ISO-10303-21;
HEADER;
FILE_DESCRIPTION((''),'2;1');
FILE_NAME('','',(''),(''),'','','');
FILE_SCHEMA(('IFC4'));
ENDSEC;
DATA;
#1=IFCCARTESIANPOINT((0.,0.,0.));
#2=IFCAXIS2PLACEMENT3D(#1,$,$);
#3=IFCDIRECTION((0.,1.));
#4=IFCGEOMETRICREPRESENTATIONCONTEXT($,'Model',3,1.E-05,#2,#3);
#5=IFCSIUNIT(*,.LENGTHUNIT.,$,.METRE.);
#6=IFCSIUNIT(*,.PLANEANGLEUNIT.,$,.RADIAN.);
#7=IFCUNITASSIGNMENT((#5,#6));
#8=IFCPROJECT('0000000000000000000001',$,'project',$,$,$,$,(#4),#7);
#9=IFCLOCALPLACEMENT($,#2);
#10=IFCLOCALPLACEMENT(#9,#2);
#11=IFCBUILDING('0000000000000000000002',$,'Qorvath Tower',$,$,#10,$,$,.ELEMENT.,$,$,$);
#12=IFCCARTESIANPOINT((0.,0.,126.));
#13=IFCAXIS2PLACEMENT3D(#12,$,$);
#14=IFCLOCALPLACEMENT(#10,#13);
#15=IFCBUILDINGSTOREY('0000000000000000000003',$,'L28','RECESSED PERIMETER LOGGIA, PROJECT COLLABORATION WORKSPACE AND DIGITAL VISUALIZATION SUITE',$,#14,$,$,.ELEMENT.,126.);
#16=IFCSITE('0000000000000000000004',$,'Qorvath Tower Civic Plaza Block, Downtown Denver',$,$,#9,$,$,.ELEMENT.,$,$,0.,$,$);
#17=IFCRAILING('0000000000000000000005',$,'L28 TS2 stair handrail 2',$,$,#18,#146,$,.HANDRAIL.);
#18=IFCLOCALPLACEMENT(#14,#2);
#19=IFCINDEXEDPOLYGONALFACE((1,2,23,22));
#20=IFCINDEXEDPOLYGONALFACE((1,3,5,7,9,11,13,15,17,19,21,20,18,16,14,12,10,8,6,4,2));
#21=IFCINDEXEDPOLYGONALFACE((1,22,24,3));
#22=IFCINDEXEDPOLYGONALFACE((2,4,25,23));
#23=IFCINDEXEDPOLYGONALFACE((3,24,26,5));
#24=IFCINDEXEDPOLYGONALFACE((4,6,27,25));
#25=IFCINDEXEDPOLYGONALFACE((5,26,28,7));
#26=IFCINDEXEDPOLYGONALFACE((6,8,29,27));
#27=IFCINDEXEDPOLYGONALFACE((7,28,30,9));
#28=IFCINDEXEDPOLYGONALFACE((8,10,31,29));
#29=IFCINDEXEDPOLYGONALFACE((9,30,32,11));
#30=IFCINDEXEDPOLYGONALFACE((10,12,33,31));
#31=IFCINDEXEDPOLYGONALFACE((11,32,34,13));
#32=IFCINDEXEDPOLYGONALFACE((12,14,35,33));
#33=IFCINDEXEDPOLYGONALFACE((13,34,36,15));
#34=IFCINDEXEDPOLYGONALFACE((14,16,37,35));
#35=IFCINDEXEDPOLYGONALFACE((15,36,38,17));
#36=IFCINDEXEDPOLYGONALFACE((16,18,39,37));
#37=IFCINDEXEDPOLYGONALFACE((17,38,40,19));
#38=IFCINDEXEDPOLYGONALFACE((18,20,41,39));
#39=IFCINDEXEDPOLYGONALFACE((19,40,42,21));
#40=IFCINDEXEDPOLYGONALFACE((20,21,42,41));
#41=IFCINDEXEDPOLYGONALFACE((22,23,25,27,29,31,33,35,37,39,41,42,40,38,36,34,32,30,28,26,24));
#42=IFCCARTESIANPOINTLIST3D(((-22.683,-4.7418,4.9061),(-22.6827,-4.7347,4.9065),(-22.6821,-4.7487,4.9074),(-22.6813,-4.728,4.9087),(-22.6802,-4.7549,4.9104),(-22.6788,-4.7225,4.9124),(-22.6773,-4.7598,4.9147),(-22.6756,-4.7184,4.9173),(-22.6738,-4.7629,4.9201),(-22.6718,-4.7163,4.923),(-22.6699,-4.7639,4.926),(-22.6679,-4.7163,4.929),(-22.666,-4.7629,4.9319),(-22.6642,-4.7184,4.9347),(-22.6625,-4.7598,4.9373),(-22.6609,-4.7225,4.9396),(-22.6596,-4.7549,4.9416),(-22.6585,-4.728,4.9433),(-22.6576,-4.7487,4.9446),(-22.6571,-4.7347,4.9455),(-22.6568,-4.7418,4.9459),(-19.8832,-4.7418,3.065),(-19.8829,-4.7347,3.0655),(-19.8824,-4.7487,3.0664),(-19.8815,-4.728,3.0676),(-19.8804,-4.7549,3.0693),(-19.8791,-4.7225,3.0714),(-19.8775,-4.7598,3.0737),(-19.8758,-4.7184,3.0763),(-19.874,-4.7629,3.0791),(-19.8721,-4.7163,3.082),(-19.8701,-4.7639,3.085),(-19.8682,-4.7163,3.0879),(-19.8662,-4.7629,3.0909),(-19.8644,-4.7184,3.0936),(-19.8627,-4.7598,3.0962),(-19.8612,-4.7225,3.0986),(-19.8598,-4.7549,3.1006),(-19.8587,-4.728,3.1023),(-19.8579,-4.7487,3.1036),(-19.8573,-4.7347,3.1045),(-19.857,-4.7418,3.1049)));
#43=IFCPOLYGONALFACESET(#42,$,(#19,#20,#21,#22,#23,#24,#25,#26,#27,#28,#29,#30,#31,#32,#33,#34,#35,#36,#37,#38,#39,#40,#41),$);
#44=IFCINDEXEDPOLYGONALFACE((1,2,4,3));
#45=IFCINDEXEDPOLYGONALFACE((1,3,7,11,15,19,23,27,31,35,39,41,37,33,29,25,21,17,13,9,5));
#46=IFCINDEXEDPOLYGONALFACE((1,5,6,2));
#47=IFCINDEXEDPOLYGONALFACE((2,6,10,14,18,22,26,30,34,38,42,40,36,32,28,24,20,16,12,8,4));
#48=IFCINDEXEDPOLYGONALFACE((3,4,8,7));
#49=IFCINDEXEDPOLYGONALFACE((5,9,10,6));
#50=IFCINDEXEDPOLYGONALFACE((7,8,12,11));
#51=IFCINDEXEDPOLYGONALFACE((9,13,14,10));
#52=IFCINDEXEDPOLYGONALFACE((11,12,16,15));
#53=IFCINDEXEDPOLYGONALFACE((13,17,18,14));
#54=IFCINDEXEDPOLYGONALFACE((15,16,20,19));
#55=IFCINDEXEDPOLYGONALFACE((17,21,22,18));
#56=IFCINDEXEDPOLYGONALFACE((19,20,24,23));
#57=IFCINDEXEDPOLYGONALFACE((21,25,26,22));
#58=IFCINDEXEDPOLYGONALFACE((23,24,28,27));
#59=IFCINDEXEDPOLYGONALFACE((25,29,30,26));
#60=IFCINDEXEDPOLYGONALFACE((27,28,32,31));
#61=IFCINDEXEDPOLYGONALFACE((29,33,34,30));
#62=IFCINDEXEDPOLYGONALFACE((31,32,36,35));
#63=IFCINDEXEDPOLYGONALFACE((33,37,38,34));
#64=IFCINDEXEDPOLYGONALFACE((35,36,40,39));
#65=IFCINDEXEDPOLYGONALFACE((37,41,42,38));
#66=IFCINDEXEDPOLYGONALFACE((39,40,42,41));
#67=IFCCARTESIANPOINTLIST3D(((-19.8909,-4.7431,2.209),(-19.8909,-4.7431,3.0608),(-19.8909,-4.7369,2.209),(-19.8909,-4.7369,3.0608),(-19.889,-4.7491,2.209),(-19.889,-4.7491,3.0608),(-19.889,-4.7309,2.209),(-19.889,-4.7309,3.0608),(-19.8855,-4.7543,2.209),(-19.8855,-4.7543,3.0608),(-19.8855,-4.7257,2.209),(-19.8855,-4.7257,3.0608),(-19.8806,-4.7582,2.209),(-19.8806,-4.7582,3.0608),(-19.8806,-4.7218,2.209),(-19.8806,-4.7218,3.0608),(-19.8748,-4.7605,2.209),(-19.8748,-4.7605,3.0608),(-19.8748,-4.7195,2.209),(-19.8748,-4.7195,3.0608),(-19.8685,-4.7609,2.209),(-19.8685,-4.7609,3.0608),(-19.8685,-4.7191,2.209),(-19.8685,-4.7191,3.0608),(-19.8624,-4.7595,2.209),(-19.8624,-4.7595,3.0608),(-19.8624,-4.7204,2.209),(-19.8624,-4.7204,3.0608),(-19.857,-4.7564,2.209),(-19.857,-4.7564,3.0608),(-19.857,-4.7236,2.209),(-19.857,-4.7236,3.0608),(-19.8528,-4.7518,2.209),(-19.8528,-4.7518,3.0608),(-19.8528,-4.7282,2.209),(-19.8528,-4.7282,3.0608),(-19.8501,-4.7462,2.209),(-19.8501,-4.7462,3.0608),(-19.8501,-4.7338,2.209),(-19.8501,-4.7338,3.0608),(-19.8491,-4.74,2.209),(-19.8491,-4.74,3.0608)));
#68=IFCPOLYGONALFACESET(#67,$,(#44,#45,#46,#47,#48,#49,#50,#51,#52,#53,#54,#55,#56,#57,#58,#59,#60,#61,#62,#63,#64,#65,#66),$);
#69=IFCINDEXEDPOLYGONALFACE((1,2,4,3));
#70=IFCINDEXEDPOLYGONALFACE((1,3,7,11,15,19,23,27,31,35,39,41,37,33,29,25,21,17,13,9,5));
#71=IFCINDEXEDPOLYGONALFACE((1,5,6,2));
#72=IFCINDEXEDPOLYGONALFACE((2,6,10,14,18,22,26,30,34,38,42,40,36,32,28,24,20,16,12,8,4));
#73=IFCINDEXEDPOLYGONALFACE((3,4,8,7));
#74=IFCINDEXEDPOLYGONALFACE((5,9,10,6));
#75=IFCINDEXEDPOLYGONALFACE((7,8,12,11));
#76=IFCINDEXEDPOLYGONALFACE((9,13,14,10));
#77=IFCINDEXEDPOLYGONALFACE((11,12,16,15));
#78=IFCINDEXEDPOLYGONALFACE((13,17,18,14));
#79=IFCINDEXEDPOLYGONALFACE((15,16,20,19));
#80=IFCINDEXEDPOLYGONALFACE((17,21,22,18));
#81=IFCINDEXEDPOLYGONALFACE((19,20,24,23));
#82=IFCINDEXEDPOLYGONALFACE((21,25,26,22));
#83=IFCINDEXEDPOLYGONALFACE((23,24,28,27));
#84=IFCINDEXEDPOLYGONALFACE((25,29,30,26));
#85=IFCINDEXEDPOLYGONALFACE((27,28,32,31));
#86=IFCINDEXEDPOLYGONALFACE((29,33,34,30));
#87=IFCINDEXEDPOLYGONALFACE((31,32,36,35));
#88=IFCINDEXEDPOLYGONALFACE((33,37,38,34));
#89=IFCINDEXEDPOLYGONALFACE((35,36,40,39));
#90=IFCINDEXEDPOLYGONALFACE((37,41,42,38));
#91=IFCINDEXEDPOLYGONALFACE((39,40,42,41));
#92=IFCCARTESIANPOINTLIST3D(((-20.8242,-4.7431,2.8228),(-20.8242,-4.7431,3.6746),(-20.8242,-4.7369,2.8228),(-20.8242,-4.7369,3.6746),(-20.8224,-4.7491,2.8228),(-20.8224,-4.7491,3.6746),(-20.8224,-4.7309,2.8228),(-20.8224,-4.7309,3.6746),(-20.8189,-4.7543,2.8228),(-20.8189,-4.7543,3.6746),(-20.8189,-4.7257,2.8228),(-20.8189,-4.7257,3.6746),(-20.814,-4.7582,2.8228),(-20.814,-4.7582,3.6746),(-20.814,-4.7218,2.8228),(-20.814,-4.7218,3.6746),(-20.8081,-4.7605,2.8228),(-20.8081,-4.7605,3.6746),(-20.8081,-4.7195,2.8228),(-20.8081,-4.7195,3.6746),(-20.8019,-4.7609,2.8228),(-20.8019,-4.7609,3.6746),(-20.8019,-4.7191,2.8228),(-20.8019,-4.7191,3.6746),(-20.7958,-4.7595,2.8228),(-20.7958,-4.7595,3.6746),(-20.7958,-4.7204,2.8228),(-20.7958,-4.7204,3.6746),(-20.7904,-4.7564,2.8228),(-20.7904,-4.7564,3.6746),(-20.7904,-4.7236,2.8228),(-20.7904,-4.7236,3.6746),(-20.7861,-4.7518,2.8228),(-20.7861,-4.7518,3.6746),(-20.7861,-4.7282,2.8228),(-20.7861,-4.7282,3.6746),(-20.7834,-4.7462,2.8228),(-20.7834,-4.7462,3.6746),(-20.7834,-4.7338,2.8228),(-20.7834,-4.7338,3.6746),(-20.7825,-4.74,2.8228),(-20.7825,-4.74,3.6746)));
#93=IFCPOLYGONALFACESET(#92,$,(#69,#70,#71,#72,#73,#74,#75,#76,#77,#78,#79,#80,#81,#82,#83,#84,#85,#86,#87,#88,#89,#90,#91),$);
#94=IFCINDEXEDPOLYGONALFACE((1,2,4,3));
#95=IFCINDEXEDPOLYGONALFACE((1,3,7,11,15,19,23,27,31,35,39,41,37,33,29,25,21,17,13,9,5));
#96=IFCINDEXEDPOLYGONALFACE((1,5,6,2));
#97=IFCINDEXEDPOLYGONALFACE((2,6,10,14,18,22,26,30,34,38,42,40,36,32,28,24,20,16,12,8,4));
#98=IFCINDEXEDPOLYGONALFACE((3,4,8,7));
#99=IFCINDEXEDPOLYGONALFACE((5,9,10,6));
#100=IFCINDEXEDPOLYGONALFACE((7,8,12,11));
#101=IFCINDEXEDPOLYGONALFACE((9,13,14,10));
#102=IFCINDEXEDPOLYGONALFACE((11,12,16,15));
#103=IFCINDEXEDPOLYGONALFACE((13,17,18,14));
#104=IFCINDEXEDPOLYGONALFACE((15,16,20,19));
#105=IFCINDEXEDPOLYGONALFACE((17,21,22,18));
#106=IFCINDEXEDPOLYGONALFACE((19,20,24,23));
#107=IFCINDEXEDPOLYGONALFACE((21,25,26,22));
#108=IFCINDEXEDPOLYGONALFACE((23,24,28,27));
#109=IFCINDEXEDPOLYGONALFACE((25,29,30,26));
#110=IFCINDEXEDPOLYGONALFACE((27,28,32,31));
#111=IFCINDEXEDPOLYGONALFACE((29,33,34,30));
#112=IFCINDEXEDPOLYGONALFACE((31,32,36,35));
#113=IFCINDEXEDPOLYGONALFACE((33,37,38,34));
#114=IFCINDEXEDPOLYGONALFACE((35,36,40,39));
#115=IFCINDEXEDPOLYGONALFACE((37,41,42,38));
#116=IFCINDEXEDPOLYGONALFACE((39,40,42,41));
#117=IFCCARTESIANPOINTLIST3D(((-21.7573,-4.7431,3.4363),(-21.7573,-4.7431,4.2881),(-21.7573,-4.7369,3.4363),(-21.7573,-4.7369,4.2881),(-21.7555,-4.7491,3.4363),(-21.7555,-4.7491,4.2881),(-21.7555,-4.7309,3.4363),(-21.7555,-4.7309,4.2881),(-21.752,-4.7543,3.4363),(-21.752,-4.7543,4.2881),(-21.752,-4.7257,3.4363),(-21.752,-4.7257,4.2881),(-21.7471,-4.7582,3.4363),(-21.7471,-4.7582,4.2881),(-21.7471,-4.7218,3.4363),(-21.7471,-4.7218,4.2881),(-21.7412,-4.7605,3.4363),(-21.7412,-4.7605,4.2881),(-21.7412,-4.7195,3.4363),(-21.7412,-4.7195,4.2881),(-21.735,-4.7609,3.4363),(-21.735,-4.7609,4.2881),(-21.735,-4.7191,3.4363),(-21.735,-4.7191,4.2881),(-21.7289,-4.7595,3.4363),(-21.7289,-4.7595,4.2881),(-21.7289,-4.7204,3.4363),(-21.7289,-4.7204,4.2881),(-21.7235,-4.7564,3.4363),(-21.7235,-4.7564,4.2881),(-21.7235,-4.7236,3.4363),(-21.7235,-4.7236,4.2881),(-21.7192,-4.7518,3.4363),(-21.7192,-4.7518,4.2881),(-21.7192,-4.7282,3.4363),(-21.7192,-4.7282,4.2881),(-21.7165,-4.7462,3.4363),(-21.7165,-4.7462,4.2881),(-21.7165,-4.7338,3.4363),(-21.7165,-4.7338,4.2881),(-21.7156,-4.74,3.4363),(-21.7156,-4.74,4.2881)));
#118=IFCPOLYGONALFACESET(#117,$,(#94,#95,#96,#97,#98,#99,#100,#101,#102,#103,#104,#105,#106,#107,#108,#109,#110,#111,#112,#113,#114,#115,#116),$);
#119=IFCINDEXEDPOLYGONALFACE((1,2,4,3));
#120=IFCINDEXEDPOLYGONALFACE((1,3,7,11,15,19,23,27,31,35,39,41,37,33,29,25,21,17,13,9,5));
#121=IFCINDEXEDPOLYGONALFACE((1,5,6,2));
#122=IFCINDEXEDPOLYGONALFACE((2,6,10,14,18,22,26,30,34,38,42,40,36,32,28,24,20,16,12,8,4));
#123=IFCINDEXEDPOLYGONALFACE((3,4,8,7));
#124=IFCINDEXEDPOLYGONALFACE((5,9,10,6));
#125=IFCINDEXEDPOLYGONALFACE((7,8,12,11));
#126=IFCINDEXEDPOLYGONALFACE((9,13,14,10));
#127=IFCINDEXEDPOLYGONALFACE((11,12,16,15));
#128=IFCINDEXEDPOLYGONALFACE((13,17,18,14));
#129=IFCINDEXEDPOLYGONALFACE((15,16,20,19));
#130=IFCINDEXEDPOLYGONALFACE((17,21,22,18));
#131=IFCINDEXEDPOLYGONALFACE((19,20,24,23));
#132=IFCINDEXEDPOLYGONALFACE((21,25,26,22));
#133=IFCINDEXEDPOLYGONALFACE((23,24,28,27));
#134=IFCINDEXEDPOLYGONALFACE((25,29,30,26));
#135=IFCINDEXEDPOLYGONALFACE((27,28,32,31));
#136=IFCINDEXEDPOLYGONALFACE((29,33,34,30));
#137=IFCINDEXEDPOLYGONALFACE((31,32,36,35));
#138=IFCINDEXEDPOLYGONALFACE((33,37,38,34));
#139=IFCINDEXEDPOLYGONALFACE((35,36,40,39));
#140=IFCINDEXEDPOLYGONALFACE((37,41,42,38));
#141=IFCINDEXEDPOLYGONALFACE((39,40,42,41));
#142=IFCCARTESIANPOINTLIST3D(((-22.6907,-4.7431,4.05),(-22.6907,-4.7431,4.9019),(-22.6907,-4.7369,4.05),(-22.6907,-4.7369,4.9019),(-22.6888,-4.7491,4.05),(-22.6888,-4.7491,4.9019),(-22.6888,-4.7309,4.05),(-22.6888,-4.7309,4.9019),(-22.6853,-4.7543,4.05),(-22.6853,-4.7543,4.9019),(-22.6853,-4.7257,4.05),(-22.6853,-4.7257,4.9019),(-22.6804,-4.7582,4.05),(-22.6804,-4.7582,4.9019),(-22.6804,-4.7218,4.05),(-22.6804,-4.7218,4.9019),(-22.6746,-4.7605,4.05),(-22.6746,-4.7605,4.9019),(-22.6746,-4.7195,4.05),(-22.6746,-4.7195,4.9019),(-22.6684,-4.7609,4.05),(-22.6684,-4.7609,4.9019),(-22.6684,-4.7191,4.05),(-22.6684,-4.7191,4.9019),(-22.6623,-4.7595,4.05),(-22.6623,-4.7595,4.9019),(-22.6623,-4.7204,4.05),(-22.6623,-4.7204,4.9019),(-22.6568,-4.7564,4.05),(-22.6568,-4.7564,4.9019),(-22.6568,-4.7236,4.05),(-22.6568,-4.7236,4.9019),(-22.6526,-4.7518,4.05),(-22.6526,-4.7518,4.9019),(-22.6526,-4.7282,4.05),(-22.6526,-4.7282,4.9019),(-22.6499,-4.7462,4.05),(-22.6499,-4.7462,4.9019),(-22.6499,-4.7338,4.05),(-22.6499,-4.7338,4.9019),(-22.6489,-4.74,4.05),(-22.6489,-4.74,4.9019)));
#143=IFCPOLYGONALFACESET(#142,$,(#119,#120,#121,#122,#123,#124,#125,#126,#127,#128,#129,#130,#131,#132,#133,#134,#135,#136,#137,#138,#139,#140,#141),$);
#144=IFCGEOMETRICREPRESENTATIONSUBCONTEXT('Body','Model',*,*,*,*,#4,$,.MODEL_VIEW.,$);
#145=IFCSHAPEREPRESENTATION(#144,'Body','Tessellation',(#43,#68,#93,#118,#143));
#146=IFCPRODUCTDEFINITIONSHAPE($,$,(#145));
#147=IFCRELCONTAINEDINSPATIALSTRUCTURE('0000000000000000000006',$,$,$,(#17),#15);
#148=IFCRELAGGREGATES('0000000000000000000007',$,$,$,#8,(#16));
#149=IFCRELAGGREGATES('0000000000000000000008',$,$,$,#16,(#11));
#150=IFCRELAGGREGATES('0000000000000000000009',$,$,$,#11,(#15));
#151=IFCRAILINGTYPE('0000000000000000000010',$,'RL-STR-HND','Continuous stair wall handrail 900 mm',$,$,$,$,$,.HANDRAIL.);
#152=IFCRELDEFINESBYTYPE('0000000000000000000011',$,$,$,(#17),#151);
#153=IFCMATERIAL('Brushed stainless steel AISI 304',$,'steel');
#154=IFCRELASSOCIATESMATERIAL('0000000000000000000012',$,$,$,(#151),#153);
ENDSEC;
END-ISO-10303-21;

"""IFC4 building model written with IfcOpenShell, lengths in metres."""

from ifc_helpers import new_model, si_unit, direction, frame, origin, origin_2d, place, context, subcontext, project, spatial, circle, extrude, material, type_object, element, save


model = new_model("IFC4")

# Units and contexts
model_context = context("Model", 3, precision=1e-05, world=origin(), true_north=direction((0.0, 1.0)))
body_context = subcontext(model_context, "Body", "Model", "MODEL_VIEW")
ifc_project = project(units=[si_unit("LENGTHUNIT", "METRE"), si_unit("PLANEANGLEUNIT", "RADIAN")], contexts=[model_context])

# Site, building, storey
site_placement = place(None, origin())
site = spatial("IfcSite", under=ifc_project, at=site_placement, Name="Qorvath Tower Civic Plaza Block, Downtown Denver", CompositionType="ELEMENT", RefElevation=0.0)
building_placement = place(site_placement, origin())
building = spatial("IfcBuilding", under=site, at=building_placement, Name="Qorvath Tower", CompositionType="ELEMENT")
storey_placement = place(building_placement, frame((0.0, 0.0, 126.0)))
storey = spatial("IfcBuildingStorey", under=building, at=storey_placement, Name="L28", Description="RECESSED PERIMETER LOGGIA, PROJECT COLLABORATION WORKSPACE AND DIGITAL VISUALIZATION SUITE", CompositionType="ELEMENT", Elevation=126.0)

# Railing
ifc_material_1 = material(Name="Brushed stainless steel AISI 304", Category="steel")
railing_type_1 = type_object("IfcRailingType", Name="RL-STR-HND", Description="Continuous stair wall handrail 900 mm", PredefinedType="HANDRAIL", material=ifc_material_1)
railing_1_placement = place(storey_placement, frame((-19.8701, -4.74, 2.209)))
element("IfcRailing", 1, at=railing_1_placement, inside=storey, type_object=railing_type_1, Name="L28 TS2 stair handrail 2", PredefinedType="HANDRAIL", context=body_context, shape_type="SweptSolid", body=[
    extrude(circle(Radius=0.0239, at=origin_2d()), frame((0.0, 0.0, 0.876), z_axis=(-0.835542, 0.0, 0.549426), x_axis=(0.0, -1.0, 0.0)), (0.0, 0.0, 1.0), 3.3508),
    extrude(circle(Radius=0.021, at=origin_2d()), origin(), (0.0, 0.0, 1.0), 0.8518),
    extrude(circle(Radius=0.021, at=origin_2d()), frame((-0.9333, 0.0, 0.6138)), (0.0, 0.0, 1.0), 0.8518),
    extrude(circle(Radius=0.021, at=origin_2d()), frame((-1.8665, 0.0, 1.2273)), (0.0, 0.0, 1.0), 0.8518),
    extrude(circle(Radius=0.021, at=origin_2d()), frame((-2.7998, 0.0, 1.8411)), (0.0, 0.0, 1.0), 0.8518),
])

save(model, "model.ifc")
